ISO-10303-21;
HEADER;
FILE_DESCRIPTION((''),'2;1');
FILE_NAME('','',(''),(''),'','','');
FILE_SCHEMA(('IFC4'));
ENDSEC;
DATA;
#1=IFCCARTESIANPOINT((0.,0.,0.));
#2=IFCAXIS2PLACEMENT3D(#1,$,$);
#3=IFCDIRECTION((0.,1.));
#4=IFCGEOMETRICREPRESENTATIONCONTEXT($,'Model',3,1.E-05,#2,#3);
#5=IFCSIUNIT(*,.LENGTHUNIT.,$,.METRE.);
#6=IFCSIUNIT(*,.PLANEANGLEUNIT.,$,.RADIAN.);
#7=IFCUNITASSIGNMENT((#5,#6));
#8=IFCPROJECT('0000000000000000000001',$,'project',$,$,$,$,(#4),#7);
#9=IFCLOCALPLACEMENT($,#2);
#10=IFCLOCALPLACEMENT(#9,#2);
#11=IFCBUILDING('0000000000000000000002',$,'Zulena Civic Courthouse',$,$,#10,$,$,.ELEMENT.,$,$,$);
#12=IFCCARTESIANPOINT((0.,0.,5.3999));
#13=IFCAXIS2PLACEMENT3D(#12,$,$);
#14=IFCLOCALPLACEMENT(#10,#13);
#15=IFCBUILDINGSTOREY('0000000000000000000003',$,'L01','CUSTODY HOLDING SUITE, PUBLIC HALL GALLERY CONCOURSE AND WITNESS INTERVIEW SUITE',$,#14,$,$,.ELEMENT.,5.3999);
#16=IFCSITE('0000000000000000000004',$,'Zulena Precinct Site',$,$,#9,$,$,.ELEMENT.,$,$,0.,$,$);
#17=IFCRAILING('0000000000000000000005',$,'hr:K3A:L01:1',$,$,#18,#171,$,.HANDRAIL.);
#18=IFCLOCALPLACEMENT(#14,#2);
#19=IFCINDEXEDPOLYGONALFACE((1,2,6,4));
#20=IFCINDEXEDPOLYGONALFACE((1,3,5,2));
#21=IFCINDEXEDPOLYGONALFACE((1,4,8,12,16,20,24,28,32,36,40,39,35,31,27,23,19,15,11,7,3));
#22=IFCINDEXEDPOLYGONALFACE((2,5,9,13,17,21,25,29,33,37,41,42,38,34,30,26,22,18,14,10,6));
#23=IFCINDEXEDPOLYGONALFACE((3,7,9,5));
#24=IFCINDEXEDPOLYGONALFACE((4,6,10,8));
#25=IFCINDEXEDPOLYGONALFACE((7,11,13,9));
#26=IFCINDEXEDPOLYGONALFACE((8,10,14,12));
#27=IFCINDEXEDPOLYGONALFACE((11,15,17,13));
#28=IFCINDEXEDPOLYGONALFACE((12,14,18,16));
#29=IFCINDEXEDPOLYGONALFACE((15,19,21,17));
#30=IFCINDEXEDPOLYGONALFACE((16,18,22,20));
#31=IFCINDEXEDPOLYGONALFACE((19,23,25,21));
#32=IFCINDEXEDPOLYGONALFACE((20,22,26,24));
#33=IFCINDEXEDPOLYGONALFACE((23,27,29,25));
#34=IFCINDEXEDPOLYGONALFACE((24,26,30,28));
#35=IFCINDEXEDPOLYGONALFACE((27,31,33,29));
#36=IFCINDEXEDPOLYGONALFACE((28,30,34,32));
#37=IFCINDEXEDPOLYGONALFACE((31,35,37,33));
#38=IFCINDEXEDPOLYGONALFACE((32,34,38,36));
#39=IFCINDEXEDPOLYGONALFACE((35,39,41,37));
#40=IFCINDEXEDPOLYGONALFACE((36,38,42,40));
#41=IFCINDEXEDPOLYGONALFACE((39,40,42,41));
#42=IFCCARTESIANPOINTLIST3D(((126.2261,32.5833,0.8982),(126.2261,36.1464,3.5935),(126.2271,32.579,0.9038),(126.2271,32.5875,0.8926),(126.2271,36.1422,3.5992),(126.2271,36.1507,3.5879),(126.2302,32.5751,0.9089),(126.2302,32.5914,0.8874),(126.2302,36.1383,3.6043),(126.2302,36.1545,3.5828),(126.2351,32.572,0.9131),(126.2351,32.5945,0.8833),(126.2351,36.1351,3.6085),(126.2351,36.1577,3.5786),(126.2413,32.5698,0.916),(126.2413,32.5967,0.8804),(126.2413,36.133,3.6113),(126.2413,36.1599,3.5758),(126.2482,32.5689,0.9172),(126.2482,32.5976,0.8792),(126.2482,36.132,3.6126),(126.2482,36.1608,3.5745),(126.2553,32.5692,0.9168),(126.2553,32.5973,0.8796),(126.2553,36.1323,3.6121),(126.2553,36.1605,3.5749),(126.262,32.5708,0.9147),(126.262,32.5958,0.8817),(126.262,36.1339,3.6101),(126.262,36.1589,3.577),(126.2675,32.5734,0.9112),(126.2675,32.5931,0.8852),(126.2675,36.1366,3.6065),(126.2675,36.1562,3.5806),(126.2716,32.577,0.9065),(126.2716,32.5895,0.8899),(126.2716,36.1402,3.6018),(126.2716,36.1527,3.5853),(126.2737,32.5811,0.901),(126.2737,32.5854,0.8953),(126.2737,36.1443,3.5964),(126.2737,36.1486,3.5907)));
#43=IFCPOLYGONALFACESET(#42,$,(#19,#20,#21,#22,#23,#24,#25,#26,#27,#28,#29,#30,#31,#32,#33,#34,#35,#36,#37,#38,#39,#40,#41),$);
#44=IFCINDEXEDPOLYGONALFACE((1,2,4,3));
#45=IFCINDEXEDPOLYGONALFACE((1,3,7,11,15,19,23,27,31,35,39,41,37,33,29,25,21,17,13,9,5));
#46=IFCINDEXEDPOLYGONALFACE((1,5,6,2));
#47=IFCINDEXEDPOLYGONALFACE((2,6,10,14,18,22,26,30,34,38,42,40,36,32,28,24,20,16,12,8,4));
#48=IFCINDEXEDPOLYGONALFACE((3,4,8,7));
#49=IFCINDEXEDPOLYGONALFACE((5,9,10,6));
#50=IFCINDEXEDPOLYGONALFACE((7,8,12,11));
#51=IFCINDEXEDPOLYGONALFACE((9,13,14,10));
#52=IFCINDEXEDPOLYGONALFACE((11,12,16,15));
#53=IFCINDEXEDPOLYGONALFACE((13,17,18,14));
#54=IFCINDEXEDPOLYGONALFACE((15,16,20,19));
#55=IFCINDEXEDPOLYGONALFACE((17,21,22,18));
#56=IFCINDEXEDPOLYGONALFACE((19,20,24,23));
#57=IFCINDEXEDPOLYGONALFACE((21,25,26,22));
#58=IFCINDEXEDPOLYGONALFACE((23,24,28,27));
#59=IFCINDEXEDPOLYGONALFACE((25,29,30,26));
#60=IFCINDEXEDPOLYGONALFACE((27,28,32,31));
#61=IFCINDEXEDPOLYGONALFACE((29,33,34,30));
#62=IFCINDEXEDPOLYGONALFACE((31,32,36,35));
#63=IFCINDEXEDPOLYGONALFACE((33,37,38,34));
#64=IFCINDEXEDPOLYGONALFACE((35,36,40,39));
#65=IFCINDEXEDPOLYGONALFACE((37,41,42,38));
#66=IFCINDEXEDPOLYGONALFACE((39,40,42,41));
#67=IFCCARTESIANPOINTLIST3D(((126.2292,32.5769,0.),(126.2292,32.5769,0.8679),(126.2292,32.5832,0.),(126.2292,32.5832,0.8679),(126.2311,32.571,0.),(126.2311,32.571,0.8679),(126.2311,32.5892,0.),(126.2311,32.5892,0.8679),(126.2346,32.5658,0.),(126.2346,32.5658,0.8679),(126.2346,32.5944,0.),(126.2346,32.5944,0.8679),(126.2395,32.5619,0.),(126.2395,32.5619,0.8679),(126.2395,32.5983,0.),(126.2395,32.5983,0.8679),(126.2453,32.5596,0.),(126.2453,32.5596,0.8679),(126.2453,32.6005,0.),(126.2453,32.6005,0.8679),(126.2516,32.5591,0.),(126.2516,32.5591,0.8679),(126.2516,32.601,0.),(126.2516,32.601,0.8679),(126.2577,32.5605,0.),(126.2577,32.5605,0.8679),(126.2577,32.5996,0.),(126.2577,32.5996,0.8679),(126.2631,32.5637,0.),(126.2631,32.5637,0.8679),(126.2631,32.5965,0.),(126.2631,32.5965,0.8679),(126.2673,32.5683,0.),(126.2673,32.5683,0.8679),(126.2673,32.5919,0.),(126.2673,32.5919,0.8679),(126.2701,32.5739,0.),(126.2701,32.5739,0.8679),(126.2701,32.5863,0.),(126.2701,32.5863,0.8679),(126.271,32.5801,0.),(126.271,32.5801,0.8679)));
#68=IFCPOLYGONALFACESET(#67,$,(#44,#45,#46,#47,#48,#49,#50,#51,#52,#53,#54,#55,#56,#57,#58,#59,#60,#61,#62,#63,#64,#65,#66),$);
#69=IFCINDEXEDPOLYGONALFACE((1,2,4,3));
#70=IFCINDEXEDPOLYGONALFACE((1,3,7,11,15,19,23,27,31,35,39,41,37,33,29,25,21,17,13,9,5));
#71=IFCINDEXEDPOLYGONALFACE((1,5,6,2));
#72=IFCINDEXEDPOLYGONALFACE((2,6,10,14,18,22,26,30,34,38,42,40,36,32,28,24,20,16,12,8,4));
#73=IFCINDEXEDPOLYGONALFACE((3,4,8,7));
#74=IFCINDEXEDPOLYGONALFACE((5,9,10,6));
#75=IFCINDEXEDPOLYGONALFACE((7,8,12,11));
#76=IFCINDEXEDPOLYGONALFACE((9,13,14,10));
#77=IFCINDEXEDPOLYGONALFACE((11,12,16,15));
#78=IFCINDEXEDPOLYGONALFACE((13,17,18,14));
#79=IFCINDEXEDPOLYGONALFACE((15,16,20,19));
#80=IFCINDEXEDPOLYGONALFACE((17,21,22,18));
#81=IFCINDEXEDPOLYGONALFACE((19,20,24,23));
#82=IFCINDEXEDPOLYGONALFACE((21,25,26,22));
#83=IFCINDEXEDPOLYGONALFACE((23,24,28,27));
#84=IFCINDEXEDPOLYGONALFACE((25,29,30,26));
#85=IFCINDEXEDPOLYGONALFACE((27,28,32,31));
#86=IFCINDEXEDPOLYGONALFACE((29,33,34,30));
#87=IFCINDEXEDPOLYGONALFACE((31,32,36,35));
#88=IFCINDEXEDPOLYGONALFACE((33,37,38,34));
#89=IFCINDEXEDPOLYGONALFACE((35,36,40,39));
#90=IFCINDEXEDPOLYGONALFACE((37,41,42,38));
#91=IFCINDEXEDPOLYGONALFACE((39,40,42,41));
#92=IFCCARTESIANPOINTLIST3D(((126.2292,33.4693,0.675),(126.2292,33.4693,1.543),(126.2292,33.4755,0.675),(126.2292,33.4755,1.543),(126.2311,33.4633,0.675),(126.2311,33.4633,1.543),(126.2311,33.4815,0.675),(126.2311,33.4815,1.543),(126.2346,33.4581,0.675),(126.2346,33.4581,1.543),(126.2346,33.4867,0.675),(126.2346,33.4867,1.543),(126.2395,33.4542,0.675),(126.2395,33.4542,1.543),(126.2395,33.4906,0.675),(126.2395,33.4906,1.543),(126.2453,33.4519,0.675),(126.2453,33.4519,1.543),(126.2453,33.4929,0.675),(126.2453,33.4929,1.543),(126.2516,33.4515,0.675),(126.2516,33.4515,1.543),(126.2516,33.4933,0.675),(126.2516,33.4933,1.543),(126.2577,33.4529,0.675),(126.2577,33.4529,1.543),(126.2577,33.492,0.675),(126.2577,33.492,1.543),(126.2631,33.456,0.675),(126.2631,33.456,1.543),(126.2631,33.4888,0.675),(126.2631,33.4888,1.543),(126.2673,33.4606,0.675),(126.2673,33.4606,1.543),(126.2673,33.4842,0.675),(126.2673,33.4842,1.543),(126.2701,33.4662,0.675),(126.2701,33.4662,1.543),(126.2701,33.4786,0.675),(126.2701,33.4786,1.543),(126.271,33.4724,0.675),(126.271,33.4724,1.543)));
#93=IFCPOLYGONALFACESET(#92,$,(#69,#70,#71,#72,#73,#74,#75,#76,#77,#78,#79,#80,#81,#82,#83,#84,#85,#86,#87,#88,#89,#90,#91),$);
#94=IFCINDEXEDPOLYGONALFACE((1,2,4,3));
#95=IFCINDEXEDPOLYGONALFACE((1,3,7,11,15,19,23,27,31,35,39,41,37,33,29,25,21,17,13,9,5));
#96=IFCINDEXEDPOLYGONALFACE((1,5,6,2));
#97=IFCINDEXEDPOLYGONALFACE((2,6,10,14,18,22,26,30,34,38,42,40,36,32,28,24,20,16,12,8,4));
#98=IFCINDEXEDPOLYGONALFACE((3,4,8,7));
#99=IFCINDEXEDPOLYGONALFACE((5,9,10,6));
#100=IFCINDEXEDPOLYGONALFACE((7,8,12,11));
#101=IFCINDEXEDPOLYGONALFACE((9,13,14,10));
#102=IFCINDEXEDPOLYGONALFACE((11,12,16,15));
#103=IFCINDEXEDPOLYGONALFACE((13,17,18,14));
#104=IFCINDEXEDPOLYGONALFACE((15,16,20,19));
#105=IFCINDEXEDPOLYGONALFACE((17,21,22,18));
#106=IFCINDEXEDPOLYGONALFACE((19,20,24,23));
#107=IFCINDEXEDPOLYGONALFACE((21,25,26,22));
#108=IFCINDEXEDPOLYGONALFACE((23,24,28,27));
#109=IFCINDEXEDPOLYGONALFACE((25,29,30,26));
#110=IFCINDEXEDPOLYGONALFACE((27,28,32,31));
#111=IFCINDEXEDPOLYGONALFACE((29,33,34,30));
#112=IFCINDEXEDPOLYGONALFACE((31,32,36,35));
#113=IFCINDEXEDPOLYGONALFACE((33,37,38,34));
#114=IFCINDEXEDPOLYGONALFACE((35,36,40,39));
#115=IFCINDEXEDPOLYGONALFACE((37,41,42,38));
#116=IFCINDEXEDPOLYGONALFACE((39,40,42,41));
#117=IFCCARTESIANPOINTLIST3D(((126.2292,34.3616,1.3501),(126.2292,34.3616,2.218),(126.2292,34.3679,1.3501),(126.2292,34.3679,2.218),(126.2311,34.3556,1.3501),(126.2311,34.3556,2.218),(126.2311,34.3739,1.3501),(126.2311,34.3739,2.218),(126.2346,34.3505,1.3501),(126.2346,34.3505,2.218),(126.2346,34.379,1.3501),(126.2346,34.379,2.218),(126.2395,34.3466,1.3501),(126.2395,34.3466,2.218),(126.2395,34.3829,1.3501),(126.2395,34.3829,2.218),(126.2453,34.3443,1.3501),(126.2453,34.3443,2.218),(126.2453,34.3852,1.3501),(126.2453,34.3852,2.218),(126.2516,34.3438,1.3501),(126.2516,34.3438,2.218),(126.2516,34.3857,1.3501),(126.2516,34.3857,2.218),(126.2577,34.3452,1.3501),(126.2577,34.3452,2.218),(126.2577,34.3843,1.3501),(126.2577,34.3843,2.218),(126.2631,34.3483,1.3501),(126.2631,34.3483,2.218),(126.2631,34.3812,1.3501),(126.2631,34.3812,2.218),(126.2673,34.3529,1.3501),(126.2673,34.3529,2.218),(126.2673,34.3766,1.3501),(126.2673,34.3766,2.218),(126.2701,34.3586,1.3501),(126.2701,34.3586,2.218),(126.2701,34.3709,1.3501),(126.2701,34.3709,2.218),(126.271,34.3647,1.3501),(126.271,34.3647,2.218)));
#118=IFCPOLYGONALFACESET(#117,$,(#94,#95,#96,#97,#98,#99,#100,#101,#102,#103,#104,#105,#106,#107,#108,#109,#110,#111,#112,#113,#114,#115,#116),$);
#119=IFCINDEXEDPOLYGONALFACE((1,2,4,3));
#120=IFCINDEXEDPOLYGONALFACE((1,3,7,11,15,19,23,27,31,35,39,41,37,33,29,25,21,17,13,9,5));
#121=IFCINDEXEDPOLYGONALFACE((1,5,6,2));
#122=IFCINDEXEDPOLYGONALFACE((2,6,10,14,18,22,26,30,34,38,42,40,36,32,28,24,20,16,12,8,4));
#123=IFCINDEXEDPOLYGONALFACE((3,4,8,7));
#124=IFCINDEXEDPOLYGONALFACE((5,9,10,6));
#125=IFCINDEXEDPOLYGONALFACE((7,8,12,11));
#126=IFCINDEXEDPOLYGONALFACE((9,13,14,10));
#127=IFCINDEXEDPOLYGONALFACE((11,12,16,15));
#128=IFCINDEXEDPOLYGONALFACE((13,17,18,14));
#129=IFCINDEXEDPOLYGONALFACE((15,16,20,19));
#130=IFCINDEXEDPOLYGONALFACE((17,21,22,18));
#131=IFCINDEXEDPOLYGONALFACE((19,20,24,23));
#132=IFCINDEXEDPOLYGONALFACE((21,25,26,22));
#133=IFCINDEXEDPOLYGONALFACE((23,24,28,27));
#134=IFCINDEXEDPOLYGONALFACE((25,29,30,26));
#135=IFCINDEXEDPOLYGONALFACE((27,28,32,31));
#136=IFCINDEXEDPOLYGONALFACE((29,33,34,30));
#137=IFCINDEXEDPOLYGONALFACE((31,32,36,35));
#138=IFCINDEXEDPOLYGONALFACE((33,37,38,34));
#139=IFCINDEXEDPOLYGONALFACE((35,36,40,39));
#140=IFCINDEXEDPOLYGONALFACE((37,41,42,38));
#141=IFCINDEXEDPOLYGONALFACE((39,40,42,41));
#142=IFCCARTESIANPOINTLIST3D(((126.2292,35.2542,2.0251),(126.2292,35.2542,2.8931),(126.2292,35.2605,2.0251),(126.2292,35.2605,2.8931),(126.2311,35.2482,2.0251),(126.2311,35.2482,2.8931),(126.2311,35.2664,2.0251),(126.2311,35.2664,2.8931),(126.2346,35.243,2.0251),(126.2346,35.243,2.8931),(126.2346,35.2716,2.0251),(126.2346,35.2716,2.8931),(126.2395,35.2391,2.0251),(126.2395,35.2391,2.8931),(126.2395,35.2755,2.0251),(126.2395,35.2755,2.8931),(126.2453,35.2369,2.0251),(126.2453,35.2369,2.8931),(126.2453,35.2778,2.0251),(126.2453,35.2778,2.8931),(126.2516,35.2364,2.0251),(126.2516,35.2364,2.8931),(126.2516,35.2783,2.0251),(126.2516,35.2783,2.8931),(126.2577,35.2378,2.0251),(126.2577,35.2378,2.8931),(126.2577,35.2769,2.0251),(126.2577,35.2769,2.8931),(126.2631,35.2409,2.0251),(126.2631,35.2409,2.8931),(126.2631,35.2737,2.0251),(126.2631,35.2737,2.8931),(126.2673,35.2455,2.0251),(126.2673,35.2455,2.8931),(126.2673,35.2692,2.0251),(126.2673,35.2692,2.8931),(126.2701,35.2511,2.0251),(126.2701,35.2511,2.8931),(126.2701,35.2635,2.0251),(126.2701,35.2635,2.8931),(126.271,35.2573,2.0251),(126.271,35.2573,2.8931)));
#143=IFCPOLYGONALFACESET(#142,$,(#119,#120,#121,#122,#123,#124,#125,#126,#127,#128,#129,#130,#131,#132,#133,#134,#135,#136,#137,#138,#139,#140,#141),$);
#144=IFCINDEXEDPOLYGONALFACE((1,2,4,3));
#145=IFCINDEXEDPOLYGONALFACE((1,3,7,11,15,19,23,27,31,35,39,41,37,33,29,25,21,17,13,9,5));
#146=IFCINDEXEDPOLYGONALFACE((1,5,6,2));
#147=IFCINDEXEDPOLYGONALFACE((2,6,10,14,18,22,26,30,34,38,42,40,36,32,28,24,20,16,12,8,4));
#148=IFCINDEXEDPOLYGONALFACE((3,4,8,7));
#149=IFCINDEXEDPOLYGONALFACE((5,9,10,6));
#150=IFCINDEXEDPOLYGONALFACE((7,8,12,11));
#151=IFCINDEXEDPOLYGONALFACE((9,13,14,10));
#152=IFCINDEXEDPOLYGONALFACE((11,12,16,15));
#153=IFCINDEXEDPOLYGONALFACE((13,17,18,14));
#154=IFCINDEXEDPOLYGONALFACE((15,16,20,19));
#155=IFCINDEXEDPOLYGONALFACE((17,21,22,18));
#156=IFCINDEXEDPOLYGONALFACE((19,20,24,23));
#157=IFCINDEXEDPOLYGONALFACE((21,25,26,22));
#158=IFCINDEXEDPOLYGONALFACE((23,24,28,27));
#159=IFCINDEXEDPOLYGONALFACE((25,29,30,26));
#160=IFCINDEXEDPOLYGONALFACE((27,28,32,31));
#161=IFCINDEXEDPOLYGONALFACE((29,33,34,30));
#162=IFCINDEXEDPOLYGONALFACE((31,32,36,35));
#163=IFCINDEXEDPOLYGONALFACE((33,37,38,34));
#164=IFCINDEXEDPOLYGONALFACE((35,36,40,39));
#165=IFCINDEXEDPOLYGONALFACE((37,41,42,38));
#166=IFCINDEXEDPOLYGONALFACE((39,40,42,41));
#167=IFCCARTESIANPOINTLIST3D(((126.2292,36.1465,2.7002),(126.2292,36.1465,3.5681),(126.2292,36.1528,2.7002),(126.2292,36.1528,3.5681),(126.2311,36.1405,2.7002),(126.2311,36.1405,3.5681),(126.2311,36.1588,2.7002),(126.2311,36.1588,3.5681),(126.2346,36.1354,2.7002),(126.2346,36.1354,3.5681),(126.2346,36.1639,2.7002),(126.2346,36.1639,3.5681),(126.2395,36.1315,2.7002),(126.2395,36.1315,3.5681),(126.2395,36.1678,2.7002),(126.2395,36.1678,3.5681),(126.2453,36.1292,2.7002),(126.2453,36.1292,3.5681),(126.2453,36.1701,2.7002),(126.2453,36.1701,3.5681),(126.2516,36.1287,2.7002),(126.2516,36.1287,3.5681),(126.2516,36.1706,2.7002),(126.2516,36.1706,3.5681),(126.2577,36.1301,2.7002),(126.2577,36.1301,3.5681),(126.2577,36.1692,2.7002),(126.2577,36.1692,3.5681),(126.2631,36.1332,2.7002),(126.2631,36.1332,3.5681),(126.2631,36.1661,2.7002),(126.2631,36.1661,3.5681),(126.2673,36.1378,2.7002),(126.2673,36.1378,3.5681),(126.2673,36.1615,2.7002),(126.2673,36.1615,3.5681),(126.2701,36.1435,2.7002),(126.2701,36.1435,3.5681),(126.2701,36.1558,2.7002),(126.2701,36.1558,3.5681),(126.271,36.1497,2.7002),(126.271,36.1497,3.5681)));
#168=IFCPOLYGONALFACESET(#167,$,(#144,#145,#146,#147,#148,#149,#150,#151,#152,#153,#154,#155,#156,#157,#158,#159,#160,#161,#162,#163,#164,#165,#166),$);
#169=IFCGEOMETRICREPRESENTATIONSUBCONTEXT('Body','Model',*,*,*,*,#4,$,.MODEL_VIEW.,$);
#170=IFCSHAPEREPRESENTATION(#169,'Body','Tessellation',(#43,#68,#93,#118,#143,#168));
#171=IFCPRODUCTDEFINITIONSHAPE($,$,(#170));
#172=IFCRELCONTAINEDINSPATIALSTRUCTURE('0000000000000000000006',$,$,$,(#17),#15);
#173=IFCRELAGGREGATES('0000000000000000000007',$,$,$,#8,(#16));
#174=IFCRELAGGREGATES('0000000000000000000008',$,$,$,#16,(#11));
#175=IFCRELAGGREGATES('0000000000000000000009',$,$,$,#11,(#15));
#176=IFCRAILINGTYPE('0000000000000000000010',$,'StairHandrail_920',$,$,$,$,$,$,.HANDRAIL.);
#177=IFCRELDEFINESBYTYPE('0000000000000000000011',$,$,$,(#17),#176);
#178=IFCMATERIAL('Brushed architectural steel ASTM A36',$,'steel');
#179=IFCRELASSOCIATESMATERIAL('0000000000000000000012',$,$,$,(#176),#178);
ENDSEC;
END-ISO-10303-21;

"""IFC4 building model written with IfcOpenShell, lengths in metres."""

from ifc_helpers import new_model, si_unit, direction, frame, origin, origin_2d, place, context, subcontext, project, spatial, circle, extrude, material, type_object, element, save


model = new_model("IFC4")

# Units and contexts
model_context = context("Model", 3, precision=1e-05, world=origin(), true_north=direction((0.0, 1.0)))
body_context = subcontext(model_context, "Body", "Model", "MODEL_VIEW")
ifc_project = project(units=[si_unit("LENGTHUNIT", "METRE"), si_unit("PLANEANGLEUNIT", "RADIAN")], contexts=[model_context])

# Site, building, storey
site_placement = place(None, origin())
site = spatial("IfcSite", under=ifc_project, at=site_placement, Name="Zulena Precinct Site", CompositionType="ELEMENT", RefElevation=0.0)
building_placement = place(site_placement, origin())
building = spatial("IfcBuilding", under=site, at=building_placement, Name="Zulena Civic Courthouse", CompositionType="ELEMENT")
storey_placement = place(building_placement, frame((0.0, 0.0, 5.3999)))
storey = spatial("IfcBuildingStorey", under=building, at=storey_placement, Name="L01", Description="CUSTODY HOLDING SUITE, PUBLIC HALL GALLERY CONCOURSE AND WITNESS INTERVIEW SUITE", CompositionType="ELEMENT", Elevation=5.3999)

# Railing
ifc_material_1 = material(Name="Brushed architectural steel ASTM A36", Category="steel")
railing_type_1 = type_object("IfcRailingType", Name="StairHandrail_920", PredefinedType="HANDRAIL", material=ifc_material_1)
railing_1_placement = place(storey_placement, frame((126.25, 32.5801, 0.0)))
element("IfcRailing", 1, at=railing_1_placement, inside=storey, type_object=railing_type_1, Name="hr:K3A:L01:1", PredefinedType="HANDRAIL", context=body_context, shape_type="SweptSolid", body=[
    extrude(circle(Radius=0.0239, at=origin_2d()), frame((0.0, 0.0032, 0.8982), z_axis=(0.0, 0.797526, 0.603285), x_axis=(-1.0, 0.0, 0.0)), (0.0, 0.0, 1.0), 4.4678),
    extrude(circle(Radius=0.021, at=origin_2d()), origin(), (0.0, 0.0, 1.0), 0.8679),
    extrude(circle(Radius=0.021, at=origin_2d()), frame((0.0, 0.8923, 0.675)), (0.0, 0.0, 1.0), 0.8679),
    extrude(circle(Radius=0.021, at=origin_2d()), frame((0.0, 1.7847, 1.3501)), (0.0, 0.0, 1.0), 0.8679),
    extrude(circle(Radius=0.021, at=origin_2d()), frame((0.0, 2.6772, 2.0251)), (0.0, 0.0, 1.0), 0.8679),
    extrude(circle(Radius=0.021, at=origin_2d()), frame((0.0, 3.5696, 2.7002)), (0.0, 0.0, 1.0), 0.8679),
])

save(model, "model.ifc")
